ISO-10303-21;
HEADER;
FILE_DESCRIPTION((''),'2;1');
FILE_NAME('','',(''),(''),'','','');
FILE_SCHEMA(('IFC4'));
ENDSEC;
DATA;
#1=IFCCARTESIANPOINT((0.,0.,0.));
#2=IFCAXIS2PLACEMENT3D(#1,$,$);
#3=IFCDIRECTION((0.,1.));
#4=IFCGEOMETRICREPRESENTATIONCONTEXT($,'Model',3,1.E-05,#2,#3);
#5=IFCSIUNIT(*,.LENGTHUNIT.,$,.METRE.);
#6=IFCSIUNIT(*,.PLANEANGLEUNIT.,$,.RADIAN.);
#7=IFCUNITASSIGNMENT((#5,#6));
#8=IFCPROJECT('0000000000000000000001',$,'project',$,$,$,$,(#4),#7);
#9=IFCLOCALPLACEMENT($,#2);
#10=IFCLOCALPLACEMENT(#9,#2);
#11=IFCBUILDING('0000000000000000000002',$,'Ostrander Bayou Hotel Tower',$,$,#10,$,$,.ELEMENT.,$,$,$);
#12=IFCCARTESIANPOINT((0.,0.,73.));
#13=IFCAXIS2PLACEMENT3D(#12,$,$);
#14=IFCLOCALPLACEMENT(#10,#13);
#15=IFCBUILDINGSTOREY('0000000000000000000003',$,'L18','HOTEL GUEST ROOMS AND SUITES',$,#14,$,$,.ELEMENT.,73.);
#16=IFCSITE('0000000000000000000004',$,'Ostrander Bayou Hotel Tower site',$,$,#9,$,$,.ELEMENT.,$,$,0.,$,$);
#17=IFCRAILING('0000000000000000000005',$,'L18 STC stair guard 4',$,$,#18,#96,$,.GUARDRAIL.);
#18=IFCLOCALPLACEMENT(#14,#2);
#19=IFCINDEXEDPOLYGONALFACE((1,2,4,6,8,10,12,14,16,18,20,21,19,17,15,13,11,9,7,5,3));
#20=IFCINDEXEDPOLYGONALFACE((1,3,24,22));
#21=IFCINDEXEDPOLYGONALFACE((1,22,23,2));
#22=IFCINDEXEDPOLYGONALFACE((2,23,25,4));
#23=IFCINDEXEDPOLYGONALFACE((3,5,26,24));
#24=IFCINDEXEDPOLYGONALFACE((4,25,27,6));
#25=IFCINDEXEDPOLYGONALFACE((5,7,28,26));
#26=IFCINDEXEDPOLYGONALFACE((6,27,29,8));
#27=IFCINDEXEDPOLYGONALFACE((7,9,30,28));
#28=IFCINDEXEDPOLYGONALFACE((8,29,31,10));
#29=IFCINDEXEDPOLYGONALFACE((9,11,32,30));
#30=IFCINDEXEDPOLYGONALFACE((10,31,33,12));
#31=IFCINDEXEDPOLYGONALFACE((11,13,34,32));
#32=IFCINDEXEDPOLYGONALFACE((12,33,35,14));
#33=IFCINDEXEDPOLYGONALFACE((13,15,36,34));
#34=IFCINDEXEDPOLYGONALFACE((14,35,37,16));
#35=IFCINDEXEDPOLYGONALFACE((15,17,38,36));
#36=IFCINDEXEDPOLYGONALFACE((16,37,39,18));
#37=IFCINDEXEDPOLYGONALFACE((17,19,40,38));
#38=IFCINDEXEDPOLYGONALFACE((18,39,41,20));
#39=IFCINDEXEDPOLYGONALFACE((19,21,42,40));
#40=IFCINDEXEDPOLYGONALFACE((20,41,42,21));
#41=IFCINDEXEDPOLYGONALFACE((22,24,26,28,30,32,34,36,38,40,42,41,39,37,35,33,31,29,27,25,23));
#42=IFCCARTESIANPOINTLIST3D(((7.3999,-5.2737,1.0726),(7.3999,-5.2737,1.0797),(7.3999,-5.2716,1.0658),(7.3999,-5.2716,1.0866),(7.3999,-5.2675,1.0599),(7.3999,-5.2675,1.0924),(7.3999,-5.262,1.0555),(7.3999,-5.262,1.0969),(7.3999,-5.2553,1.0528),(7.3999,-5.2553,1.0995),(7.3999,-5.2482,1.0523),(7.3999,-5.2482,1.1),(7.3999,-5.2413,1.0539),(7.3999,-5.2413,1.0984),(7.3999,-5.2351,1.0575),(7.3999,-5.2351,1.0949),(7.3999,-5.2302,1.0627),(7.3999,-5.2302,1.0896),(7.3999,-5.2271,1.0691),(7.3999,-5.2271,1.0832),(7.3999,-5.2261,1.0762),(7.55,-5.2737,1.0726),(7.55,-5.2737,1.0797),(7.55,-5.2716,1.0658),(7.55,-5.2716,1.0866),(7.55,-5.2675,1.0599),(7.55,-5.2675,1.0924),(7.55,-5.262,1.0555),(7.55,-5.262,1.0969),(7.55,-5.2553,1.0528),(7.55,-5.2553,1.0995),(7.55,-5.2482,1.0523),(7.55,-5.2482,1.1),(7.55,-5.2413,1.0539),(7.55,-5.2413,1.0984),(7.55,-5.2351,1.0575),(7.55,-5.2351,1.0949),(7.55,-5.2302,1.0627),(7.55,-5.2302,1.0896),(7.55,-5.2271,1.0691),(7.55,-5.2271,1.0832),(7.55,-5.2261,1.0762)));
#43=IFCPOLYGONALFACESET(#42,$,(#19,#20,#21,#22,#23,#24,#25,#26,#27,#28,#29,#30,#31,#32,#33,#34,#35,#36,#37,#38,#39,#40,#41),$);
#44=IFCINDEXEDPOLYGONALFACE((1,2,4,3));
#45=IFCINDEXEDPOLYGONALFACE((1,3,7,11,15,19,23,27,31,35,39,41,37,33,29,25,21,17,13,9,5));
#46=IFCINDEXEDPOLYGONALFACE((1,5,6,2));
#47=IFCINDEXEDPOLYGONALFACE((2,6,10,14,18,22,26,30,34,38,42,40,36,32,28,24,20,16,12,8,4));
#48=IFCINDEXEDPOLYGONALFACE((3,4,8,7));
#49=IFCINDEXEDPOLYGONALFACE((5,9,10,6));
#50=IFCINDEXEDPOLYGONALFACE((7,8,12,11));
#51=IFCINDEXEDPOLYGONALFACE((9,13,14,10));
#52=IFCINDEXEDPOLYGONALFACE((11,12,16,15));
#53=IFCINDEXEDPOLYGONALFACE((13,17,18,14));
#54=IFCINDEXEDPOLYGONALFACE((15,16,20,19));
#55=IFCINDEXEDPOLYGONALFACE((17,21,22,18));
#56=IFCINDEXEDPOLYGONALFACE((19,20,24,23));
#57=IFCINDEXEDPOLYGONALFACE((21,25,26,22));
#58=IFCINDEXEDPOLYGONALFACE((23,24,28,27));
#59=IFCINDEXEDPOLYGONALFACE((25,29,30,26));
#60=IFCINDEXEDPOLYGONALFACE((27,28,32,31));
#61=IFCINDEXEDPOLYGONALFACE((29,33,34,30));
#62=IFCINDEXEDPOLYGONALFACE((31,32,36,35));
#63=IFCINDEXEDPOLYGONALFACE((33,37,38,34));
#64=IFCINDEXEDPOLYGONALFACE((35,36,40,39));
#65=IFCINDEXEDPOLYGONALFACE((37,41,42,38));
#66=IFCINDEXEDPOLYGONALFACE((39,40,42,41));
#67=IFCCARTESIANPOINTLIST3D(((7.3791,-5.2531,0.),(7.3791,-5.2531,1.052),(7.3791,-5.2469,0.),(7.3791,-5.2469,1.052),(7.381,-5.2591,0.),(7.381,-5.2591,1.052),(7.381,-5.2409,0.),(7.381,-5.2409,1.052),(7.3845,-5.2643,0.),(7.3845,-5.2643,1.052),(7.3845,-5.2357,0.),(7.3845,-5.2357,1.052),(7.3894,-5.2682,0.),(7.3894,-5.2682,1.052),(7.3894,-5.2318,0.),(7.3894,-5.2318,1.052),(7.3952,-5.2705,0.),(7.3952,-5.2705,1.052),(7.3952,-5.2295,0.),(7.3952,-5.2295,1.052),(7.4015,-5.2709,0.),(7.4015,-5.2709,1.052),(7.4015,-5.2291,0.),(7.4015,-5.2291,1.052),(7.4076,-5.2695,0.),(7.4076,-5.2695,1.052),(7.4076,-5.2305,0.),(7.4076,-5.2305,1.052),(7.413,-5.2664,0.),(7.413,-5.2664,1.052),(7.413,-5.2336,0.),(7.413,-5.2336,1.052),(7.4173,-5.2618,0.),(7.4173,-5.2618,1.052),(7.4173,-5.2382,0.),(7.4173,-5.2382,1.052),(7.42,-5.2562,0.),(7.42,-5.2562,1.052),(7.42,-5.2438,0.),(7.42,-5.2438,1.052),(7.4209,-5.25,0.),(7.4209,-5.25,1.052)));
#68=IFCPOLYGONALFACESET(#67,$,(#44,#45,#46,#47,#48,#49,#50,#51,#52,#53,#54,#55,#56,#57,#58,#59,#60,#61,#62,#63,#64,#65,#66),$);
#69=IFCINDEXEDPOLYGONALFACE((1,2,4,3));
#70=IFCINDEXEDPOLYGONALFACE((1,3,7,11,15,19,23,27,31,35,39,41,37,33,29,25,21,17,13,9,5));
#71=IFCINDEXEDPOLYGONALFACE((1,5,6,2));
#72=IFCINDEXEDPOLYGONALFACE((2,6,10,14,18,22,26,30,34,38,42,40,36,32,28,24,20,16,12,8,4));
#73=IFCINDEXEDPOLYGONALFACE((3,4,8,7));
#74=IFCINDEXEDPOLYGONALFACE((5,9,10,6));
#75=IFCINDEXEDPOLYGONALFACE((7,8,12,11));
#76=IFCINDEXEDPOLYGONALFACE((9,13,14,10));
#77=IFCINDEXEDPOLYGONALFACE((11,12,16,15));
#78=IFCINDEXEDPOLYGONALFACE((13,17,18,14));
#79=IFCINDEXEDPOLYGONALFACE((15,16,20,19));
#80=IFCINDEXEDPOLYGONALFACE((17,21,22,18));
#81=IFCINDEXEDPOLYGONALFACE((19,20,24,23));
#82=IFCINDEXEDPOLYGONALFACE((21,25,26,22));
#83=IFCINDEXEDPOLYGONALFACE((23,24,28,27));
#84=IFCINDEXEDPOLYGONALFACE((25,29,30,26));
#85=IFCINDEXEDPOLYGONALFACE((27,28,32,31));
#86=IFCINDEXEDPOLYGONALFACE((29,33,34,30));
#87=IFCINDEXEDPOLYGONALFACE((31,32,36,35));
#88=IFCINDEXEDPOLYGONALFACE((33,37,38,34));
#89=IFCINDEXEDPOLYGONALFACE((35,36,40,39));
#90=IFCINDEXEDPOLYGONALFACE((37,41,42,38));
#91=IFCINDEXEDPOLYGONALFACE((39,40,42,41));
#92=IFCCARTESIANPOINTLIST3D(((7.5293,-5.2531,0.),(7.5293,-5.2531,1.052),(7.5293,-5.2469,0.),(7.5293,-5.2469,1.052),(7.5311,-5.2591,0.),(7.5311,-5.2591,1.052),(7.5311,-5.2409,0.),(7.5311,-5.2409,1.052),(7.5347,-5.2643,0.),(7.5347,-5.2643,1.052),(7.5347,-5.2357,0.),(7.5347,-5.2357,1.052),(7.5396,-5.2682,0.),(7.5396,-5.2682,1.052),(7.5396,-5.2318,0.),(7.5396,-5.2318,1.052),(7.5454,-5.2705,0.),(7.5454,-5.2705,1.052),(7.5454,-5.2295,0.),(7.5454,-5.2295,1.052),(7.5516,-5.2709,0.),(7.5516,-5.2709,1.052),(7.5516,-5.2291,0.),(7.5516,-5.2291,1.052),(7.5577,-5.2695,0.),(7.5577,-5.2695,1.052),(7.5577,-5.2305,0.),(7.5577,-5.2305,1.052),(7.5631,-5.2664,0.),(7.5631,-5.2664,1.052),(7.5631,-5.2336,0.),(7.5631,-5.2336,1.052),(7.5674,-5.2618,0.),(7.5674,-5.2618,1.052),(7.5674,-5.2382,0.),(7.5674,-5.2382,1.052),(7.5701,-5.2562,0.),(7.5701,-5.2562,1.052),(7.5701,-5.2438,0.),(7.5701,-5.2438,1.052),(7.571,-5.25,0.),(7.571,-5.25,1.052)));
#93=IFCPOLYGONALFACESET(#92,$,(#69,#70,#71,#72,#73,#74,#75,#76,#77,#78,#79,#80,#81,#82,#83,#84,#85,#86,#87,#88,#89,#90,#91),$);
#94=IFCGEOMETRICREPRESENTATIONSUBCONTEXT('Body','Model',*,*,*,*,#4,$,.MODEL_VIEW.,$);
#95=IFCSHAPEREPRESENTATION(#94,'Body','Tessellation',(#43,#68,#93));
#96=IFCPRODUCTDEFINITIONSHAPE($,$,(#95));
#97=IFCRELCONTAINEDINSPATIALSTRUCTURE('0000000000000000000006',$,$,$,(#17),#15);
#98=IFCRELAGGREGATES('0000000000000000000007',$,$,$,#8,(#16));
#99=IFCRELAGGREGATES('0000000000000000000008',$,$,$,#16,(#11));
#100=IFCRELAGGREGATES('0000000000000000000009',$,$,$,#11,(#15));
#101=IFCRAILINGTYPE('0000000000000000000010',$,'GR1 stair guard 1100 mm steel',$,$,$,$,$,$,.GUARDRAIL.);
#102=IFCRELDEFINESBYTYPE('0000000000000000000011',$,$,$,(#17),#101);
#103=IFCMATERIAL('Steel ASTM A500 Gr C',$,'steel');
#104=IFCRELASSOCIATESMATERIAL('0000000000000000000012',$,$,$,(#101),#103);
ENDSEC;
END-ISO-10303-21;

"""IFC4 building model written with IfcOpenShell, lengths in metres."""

from ifc_helpers import new_model, si_unit, direction, frame, origin, origin_2d, place, context, subcontext, project, spatial, circle, extrude, material, type_object, element, save


model = new_model("IFC4")

# Units and contexts
model_context = context("Model", 3, precision=1e-05, world=origin(), true_north=direction((0.0, 1.0)))
body_context = subcontext(model_context, "Body", "Model", "MODEL_VIEW")
ifc_project = project(units=[si_unit("LENGTHUNIT", "METRE"), si_unit("PLANEANGLEUNIT", "RADIAN")], contexts=[model_context])

# Site, building, storey
site_placement = place(None, origin())
site = spatial("IfcSite", under=ifc_project, at=site_placement, Name="Ostrander Bayou Hotel Tower site", CompositionType="ELEMENT", RefElevation=0.0)
building_placement = place(site_placement, origin())
building = spatial("IfcBuilding", under=site, at=building_placement, Name="Ostrander Bayou Hotel Tower", CompositionType="ELEMENT")
storey_placement = place(building_placement, frame((0.0, 0.0, 73.0)))
storey = spatial("IfcBuildingStorey", under=building, at=storey_placement, Name="L18", Description="HOTEL GUEST ROOMS AND SUITES", CompositionType="ELEMENT", Elevation=73.0)

# Railing
ifc_material_1 = material(Name="Steel ASTM A500 Gr C", Category="steel")
railing_type_1 = type_object("IfcRailingType", Name="GR1 stair guard 1100 mm steel", PredefinedType="GUARDRAIL", material=ifc_material_1)
railing_1_placement = place(storey_placement, frame((7.3999, -5.25, 0.0)))
element("IfcRailing", 1, at=railing_1_placement, inside=storey, type_object=railing_type_1, Name="L18 STC stair guard 4", PredefinedType="GUARDRAIL", context=body_context, shape_type="SweptSolid", body=[
    extrude(circle(Radius=0.0239, at=origin_2d()), frame((0.0, 0.0, 1.0762), z_axis=(1.0, 0.0, 0.0), x_axis=(0.0, 1.0, 0.0)), (0.0, 0.0, 1.0), 0.1501),
    extrude(circle(Radius=0.021, at=origin_2d()), origin(), (0.0, 0.0, 1.0), 1.052),
    extrude(circle(Radius=0.021, at=origin_2d()), frame((0.1501, 0.0, 0.0)), (0.0, 0.0, 1.0), 1.052),
])

save(model, "model.ifc")
